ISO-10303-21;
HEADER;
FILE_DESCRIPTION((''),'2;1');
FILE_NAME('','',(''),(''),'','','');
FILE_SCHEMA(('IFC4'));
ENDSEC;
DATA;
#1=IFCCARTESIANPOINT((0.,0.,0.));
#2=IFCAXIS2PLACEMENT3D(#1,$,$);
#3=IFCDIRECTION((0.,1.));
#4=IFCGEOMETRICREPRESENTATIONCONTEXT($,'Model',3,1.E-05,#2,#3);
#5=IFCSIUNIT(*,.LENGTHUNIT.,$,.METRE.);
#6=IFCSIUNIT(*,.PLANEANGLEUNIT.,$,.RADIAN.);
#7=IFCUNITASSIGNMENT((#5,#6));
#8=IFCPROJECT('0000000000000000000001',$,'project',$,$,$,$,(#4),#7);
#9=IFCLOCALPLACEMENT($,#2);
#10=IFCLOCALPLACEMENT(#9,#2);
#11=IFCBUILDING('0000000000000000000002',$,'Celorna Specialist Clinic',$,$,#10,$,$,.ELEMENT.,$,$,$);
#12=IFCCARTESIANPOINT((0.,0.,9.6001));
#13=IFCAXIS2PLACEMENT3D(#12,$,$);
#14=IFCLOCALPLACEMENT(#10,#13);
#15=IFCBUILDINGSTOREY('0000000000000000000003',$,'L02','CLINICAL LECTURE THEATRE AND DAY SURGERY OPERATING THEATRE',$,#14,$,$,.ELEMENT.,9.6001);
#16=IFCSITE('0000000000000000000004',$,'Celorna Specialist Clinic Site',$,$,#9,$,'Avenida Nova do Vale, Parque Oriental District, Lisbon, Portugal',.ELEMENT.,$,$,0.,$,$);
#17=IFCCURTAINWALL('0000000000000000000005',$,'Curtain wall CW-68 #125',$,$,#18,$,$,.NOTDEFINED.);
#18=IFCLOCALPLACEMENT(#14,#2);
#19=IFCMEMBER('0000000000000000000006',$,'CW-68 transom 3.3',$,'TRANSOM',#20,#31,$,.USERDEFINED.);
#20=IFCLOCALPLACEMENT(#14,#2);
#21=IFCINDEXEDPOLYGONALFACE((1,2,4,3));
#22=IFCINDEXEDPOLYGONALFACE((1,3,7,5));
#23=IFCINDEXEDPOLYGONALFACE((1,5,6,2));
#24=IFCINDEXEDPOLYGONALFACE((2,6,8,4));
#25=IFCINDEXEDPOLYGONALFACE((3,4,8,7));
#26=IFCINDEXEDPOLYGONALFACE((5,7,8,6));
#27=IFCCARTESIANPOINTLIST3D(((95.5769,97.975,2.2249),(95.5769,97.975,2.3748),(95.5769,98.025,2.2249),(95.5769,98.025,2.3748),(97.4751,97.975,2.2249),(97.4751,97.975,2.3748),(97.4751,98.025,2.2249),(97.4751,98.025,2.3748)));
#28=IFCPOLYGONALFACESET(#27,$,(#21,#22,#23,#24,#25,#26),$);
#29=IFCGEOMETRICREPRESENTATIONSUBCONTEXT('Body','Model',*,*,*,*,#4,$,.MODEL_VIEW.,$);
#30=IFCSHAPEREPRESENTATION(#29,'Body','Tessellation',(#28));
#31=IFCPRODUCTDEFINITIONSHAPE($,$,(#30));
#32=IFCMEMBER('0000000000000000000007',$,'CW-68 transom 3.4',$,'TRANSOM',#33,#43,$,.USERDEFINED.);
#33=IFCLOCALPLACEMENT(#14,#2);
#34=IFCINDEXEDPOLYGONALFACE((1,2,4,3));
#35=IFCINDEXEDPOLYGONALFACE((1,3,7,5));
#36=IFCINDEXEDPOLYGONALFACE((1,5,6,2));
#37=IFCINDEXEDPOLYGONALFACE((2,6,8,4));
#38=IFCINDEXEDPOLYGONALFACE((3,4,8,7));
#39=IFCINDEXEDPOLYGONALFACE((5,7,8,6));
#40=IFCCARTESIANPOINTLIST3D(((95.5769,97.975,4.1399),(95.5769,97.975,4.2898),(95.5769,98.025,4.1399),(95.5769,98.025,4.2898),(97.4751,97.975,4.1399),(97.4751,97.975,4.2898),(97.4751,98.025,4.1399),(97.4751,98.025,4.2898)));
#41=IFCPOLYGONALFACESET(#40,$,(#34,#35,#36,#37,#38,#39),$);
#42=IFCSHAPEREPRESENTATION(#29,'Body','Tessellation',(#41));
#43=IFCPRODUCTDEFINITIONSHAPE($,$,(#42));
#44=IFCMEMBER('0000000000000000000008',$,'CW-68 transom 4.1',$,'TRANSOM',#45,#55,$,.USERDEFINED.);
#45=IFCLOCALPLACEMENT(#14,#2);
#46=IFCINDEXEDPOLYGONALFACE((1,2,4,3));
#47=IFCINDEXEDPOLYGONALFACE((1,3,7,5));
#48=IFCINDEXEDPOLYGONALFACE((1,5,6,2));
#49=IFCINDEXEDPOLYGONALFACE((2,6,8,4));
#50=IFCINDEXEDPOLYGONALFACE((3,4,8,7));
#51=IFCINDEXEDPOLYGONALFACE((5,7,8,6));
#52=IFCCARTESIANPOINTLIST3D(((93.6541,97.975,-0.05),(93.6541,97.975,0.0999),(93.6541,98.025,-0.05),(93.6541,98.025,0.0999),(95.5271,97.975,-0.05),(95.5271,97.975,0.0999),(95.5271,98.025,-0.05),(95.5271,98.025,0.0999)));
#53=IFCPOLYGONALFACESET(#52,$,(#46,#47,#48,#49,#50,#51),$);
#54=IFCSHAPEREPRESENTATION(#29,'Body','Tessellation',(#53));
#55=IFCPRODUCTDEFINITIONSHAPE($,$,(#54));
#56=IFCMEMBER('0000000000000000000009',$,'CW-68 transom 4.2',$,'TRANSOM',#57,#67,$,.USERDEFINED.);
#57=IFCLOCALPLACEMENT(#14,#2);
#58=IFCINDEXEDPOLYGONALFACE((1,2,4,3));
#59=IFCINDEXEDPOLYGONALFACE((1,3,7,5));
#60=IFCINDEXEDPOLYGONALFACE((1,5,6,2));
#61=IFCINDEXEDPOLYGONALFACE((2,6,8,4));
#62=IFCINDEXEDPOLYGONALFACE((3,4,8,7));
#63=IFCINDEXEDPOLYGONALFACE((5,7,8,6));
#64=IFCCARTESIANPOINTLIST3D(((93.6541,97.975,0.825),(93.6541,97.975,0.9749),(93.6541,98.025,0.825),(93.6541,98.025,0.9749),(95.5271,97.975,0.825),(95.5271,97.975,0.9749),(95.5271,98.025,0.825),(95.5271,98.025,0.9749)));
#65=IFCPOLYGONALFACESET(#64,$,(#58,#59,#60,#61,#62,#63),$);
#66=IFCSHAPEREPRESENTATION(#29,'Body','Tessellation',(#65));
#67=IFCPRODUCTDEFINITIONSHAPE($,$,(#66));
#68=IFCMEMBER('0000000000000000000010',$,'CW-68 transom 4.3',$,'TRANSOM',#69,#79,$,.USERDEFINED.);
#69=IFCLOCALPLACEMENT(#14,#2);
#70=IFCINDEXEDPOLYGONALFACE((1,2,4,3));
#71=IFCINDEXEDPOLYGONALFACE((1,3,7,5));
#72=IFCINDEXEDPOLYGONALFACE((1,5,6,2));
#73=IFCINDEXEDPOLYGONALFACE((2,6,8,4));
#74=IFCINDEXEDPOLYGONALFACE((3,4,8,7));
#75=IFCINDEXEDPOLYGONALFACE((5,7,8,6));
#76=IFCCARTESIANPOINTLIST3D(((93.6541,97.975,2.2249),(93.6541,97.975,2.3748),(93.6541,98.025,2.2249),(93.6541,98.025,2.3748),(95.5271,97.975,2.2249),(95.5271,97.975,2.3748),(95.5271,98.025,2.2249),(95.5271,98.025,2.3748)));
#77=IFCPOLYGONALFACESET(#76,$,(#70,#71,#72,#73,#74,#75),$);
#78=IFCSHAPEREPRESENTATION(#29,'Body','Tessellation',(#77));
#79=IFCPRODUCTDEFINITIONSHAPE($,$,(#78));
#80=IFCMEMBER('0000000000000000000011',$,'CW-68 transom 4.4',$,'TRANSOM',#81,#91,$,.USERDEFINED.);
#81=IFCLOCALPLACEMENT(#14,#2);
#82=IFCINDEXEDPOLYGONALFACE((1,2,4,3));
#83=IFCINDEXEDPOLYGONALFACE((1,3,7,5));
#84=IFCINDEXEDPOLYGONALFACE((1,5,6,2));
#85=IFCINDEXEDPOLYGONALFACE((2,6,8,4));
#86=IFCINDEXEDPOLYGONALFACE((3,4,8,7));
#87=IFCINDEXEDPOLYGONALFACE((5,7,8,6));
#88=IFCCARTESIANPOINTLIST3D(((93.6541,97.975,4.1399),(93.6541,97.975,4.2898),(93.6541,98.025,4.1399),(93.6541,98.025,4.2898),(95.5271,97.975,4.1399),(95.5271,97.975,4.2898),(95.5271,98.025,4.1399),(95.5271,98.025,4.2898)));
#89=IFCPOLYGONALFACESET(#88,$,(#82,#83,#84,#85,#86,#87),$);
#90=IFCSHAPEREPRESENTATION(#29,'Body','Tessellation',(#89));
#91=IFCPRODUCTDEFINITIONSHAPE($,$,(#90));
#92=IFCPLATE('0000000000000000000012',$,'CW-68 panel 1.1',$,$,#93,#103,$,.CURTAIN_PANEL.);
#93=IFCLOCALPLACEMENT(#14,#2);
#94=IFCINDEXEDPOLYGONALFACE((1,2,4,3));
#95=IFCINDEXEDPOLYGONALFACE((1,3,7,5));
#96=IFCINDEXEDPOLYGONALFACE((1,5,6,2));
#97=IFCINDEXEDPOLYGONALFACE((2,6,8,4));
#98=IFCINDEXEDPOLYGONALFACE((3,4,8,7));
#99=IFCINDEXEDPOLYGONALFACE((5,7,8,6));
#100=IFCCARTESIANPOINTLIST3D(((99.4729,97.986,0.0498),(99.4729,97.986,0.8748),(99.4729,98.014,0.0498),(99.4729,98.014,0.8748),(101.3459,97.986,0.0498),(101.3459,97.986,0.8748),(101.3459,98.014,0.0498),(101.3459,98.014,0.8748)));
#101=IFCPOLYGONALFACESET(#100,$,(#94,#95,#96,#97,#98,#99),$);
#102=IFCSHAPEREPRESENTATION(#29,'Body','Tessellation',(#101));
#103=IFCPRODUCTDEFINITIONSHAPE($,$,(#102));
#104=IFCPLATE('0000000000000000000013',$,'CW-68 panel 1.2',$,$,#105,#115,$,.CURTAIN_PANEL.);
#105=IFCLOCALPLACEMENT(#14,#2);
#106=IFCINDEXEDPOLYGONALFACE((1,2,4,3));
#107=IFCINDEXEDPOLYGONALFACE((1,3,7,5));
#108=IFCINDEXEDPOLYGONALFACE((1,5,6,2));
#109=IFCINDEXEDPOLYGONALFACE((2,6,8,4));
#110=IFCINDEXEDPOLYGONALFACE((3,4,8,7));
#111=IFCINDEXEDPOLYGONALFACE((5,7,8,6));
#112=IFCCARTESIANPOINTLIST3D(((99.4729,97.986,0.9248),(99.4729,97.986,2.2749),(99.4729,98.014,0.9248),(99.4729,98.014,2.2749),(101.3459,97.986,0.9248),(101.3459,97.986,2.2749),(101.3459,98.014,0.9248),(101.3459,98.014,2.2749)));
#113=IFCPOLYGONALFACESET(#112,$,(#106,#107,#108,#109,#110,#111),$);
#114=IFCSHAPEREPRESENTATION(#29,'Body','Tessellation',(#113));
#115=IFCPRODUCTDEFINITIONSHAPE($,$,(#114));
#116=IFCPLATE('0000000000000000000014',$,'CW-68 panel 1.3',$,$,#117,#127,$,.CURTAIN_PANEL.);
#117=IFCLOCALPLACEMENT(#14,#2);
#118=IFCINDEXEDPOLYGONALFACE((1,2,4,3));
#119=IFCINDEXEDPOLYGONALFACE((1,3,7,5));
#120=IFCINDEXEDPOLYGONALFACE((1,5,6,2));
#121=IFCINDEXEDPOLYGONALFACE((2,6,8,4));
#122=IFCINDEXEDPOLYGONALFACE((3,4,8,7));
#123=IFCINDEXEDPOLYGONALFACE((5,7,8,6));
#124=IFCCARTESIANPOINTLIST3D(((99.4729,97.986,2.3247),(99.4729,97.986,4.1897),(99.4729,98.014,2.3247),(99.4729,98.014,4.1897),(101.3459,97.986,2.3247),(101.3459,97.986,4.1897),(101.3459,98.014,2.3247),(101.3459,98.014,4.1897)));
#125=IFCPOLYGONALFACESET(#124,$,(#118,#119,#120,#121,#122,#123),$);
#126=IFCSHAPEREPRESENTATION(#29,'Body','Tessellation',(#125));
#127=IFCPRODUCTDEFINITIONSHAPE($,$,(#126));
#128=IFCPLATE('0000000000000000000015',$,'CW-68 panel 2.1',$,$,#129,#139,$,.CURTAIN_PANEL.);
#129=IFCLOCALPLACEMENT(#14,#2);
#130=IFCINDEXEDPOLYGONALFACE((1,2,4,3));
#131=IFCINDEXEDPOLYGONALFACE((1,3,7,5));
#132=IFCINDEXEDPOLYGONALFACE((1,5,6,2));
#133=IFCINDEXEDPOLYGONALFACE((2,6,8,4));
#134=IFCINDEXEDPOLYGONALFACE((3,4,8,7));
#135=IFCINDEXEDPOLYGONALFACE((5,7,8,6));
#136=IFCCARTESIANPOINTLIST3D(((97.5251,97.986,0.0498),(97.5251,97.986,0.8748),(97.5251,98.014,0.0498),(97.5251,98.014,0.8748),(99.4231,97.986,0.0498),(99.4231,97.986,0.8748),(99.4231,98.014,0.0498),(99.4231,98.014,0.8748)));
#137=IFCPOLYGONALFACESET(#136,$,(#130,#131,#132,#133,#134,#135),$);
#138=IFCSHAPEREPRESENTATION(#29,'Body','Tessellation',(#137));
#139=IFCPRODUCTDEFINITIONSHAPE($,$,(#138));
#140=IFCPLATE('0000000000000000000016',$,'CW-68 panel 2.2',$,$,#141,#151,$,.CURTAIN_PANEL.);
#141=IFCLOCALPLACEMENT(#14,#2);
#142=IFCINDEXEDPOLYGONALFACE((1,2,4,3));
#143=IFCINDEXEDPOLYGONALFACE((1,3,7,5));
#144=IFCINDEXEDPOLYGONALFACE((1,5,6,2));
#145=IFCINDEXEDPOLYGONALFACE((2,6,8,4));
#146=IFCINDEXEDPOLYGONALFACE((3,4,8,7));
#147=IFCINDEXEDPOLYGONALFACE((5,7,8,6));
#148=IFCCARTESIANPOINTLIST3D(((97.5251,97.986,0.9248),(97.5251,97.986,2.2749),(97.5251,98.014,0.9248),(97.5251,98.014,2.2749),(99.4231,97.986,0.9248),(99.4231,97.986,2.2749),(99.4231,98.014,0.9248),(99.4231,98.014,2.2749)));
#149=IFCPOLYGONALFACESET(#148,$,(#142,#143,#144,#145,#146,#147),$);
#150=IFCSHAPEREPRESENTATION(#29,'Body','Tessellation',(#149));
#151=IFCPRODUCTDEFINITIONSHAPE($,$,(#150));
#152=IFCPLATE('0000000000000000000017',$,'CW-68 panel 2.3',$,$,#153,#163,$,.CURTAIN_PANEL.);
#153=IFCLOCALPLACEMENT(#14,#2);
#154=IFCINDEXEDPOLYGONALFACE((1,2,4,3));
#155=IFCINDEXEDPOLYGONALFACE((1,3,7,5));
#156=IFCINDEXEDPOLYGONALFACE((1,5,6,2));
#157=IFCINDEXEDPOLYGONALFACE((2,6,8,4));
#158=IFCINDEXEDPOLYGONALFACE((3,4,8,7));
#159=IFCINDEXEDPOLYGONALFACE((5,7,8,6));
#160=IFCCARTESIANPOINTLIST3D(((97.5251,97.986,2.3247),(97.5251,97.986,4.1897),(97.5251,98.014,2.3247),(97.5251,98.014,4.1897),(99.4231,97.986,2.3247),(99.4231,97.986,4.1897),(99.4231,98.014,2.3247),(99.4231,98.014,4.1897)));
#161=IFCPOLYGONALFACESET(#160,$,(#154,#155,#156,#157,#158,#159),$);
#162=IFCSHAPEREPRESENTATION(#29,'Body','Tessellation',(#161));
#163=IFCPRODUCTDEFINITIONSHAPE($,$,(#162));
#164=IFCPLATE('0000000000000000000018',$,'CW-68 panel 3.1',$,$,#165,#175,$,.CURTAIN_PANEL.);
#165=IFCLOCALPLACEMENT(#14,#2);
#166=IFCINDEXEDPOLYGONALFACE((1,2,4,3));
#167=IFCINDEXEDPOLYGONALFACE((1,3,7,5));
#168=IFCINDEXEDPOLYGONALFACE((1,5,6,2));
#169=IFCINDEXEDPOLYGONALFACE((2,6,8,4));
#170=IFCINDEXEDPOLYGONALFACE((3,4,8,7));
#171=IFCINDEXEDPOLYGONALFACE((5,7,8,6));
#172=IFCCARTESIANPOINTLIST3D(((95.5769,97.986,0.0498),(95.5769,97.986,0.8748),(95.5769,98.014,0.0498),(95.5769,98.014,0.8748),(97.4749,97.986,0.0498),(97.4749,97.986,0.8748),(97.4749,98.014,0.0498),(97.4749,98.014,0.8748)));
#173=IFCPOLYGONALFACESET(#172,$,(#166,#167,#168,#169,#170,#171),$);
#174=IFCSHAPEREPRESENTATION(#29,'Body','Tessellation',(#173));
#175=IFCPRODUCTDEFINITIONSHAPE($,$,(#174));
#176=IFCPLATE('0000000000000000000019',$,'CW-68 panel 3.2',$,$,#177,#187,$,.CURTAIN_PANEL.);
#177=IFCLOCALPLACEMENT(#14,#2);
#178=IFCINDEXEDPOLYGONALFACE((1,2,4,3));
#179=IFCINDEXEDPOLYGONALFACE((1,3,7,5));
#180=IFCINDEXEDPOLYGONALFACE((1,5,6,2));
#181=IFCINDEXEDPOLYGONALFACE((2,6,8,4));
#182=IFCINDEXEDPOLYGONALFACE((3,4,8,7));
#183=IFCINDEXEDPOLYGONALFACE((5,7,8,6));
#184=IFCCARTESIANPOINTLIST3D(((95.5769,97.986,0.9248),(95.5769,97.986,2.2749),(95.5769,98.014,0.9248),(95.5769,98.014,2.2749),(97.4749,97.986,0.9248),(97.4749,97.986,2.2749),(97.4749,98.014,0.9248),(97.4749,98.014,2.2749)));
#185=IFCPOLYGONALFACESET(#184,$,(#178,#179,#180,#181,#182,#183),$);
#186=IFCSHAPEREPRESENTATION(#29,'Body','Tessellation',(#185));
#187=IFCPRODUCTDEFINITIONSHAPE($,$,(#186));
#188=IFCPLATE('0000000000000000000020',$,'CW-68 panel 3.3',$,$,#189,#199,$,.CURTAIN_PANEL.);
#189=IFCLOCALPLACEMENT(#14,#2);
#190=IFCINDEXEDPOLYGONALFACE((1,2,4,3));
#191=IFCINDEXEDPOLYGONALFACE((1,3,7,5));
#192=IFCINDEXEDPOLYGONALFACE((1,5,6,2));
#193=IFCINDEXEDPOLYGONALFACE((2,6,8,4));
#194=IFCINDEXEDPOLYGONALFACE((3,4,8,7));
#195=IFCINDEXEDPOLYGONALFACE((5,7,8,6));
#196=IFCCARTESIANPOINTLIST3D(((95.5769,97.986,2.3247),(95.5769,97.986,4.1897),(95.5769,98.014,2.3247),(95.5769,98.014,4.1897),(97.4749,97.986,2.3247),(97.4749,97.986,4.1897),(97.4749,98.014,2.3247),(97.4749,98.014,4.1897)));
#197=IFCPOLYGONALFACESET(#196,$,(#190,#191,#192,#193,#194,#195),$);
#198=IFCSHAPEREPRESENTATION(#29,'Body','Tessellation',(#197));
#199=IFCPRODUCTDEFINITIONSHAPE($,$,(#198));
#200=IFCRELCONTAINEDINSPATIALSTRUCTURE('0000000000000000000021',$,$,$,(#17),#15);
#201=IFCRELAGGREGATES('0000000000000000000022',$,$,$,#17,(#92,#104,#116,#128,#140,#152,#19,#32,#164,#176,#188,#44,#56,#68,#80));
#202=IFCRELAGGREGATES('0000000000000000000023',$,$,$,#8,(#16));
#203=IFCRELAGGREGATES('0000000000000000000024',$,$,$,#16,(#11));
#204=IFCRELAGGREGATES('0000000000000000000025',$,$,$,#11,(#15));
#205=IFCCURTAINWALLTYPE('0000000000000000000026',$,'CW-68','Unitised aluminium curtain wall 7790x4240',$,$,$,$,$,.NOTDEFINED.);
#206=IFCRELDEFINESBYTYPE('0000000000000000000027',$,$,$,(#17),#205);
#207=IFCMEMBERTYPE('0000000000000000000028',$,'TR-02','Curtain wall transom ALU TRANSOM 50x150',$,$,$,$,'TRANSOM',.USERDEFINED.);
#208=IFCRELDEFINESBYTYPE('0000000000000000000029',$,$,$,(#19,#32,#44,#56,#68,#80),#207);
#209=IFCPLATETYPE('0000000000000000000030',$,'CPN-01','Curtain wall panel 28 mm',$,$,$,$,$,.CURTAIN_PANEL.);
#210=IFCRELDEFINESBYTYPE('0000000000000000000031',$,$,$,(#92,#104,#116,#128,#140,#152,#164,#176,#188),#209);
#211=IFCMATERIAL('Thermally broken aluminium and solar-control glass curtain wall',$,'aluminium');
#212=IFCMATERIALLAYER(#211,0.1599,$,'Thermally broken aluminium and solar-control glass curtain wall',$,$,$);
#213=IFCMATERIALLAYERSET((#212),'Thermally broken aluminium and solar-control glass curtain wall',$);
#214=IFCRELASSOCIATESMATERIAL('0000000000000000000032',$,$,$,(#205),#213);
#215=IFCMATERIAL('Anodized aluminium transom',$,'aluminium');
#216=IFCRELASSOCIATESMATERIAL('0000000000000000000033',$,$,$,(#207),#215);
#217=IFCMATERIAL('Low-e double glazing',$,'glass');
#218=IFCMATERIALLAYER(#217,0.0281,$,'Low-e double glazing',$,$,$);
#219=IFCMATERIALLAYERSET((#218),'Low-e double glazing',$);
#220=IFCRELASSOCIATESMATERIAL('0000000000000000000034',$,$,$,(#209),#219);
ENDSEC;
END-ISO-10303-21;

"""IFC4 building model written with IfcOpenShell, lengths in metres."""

from ifc_helpers import new_model, si_unit, direction, frame, origin, origin_2d, place, context, subcontext, project, spatial, rectangle, extrude, material, layer, layer_set, material_profile, profile_set, type_object, element, aggregate, save


model = new_model("IFC4")

# Units and contexts
model_context = context("Model", 3, precision=1e-05, world=origin(), true_north=direction((0.0, 1.0)))
body_context = subcontext(model_context, "Body", "Model", "MODEL_VIEW")
ifc_project = project(units=[si_unit("LENGTHUNIT", "METRE"), si_unit("PLANEANGLEUNIT", "RADIAN")], contexts=[model_context])

# Site, building, storey
site_placement = place(None, origin())
site = spatial("IfcSite", under=ifc_project, at=site_placement, Name="Celorna Specialist Clinic Site", LongName="Avenida Nova do Vale, Parque Oriental District, Lisbon, Portugal", CompositionType="ELEMENT", RefElevation=0.0)
building_placement = place(site_placement, origin())
building = spatial("IfcBuilding", under=site, at=building_placement, Name="Celorna Specialist Clinic", CompositionType="ELEMENT")
storey_placement = place(building_placement, frame((0.0, 0.0, 9.6001)))
storey = spatial("IfcBuildingStorey", under=building, at=storey_placement, Name="L02", Description="CLINICAL LECTURE THEATRE AND DAY SURGERY OPERATING THEATRE", CompositionType="ELEMENT", Elevation=9.6001)

# Curtain wall, members, plates
ifc_material_1 = material(Name="Thermally broken aluminium and solar-control glass curtain wall", Category="aluminium")
ifc_layer_1 = layer(ifc_material_1, 0.1599, Name="Thermally broken aluminium and solar-control glass curtain wall")
ifc_layer_set_1 = layer_set([ifc_layer_1], Name="Thermally broken aluminium and solar-control glass curtain wall")
curtain_wall_type = type_object("IfcCurtainWallType", Name="CW-68", Description="Unitised aluminium curtain wall 7790x4240", PredefinedType="NOTDEFINED", material=ifc_layer_set_1)
curtain_wall_placement = place(storey_placement, origin())
curtain_wall = element("IfcCurtainWall", 1, at=curtain_wall_placement, inside=storey, type_object=curtain_wall_type, Name="Curtain wall CW-68 #125", PredefinedType="NOTDEFINED")
ifc_material_2 = material(Name="Anodized aluminium transom", Category="aluminium")
ifc_material_profile_1 = material_profile(ifc_material_2, rectangle(XDim=0.05, YDim=0.1499, at=origin_2d()), Name="ALU TRANSOM 50x150")
ifc_profile_set_1 = profile_set([ifc_material_profile_1], Name="Anodized aluminium transom")
member_type_1 = type_object("IfcMemberType", Name="TR-02", Description="Curtain wall transom ALU TRANSOM 50x150", ElementType="TRANSOM", PredefinedType="USERDEFINED", material=ifc_profile_set_1)
member_1_placement = place(storey_placement, frame((97.4751, 98.0, 2.2998), z_axis=(-1.0, 0.0, 0.0), x_axis=(0.0, -1.0, 0.0)))
member_1 = element("IfcMember", 2, at=member_1_placement, type_object=member_type_1, Name="CW-68 transom 3.3", ObjectType="TRANSOM", PredefinedType="USERDEFINED", context=body_context, shape_type="SweptSolid", body=[
    extrude(rectangle(XDim=0.05, YDim=0.1499, at=origin_2d()), origin(), (0.0, 0.0, 1.0), 1.8982),
])
member_2_placement = place(storey_placement, frame((97.4751, 98.0, 4.2148), z_axis=(-1.0, 0.0, 0.0), x_axis=(0.0, -1.0, 0.0)))
member_2 = element("IfcMember", 3, at=member_2_placement, type_object=member_type_1, Name="CW-68 transom 3.4", ObjectType="TRANSOM", PredefinedType="USERDEFINED", context=body_context, shape_type="SweptSolid", body=[
    extrude(rectangle(XDim=0.05, YDim=0.1499, at=origin_2d()), origin(), (0.0, 0.0, 1.0), 1.8982),
])
member_3_placement = place(storey_placement, frame((95.5271, 98.0, 0.0249), z_axis=(-1.0, 0.0, 0.0), x_axis=(0.0, -1.0, 0.0)))
member_3 = element("IfcMember", 4, at=member_3_placement, type_object=member_type_1, Name="CW-68 transom 4.1", ObjectType="TRANSOM", PredefinedType="USERDEFINED", context=body_context, shape_type="SweptSolid", body=[
    extrude(rectangle(XDim=0.05, YDim=0.1499, at=origin_2d()), origin(), (0.0, 0.0, 1.0), 1.873),
])
member_4_placement = place(storey_placement, frame((95.5271, 98.0, 0.8999), z_axis=(-1.0, 0.0, 0.0), x_axis=(0.0, -1.0, 0.0)))
member_4 = element("IfcMember", 5, at=member_4_placement, type_object=member_type_1, Name="CW-68 transom 4.2", ObjectType="TRANSOM", PredefinedType="USERDEFINED", context=body_context, shape_type="SweptSolid", body=[
    extrude(rectangle(XDim=0.05, YDim=0.1499, at=origin_2d()), origin(), (0.0, 0.0, 1.0), 1.873),
])
member_5_placement = place(storey_placement, frame((95.5271, 98.0, 2.2998), z_axis=(-1.0, 0.0, 0.0), x_axis=(0.0, -1.0, 0.0)))
member_5 = element("IfcMember", 6, at=member_5_placement, type_object=member_type_1, Name="CW-68 transom 4.3", ObjectType="TRANSOM", PredefinedType="USERDEFINED", context=body_context, shape_type="SweptSolid", body=[
    extrude(rectangle(XDim=0.05, YDim=0.1499, at=origin_2d()), origin(), (0.0, 0.0, 1.0), 1.873),
])
member_6_placement = place(storey_placement, frame((95.5271, 98.0, 4.2148), z_axis=(-1.0, 0.0, 0.0), x_axis=(0.0, -1.0, 0.0)))
member_6 = element("IfcMember", 7, at=member_6_placement, type_object=member_type_1, Name="CW-68 transom 4.4", ObjectType="TRANSOM", PredefinedType="USERDEFINED", context=body_context, shape_type="SweptSolid", body=[
    extrude(rectangle(XDim=0.05, YDim=0.1499, at=origin_2d()), origin(), (0.0, 0.0, 1.0), 1.873),
])
ifc_material_3 = material(Name="Low-e double glazing", Category="glass")
ifc_layer_2 = layer(ifc_material_3, 0.0281, Name="Low-e double glazing")
ifc_layer_set_2 = layer_set([ifc_layer_2], Name="Low-e double glazing")
plate_type_1 = type_object("IfcPlateType", Name="CPN-01", Description="Curtain wall panel 28 mm", PredefinedType="CURTAIN_PANEL", material=ifc_layer_set_2)
plate_1_placement = place(storey_placement, frame((100.4094, 98.0, 0.0498), z_axis=(0.0, 0.0, 1.0), x_axis=(-1.0, 0.0, 0.0)))
plate_1 = element("IfcPlate", 8, at=plate_1_placement, type_object=plate_type_1, Name="CW-68 panel 1.1", PredefinedType="CURTAIN_PANEL", context=body_context, shape_type="SweptSolid", body=[
    extrude(rectangle(XDim=1.873, YDim=0.0281, at=origin_2d()), origin(), (0.0, 0.0, 1.0), 0.825),
])
plate_2_placement = place(storey_placement, frame((100.4094, 98.0, 0.9248), z_axis=(0.0, 0.0, 1.0), x_axis=(-1.0, 0.0, 0.0)))
plate_2 = element("IfcPlate", 9, at=plate_2_placement, type_object=plate_type_1, Name="CW-68 panel 1.2", PredefinedType="CURTAIN_PANEL", context=body_context, shape_type="SweptSolid", body=[
    extrude(rectangle(XDim=1.873, YDim=0.0281, at=origin_2d()), origin(), (0.0, 0.0, 1.0), 1.3501),
])
plate_3_placement = place(storey_placement, frame((100.4094, 98.0, 2.3247), z_axis=(0.0, 0.0, 1.0), x_axis=(-1.0, 0.0, 0.0)))
plate_3 = element("IfcPlate", 10, at=plate_3_placement, type_object=plate_type_1, Name="CW-68 panel 1.3", PredefinedType="CURTAIN_PANEL", context=body_context, shape_type="SweptSolid", body=[
    extrude(rectangle(XDim=1.873, YDim=0.0281, at=origin_2d()), origin(), (0.0, 0.0, 1.0), 1.865),
])
plate_4_placement = place(storey_placement, frame((98.4741, 98.0, 0.0498), z_axis=(0.0, 0.0, 1.0), x_axis=(-1.0, 0.0, 0.0)))
plate_4 = element("IfcPlate", 11, at=plate_4_placement, type_object=plate_type_1, Name="CW-68 panel 2.1", PredefinedType="CURTAIN_PANEL", context=body_context, shape_type="SweptSolid", body=[
    extrude(rectangle(XDim=1.8979, YDim=0.0281, at=origin_2d()), origin(), (0.0, 0.0, 1.0), 0.825),
])
plate_5_placement = place(storey_placement, frame((98.4741, 98.0, 0.9248), z_axis=(0.0, 0.0, 1.0), x_axis=(-1.0, 0.0, 0.0)))
plate_5 = element("IfcPlate", 12, at=plate_5_placement, type_object=plate_type_1, Name="CW-68 panel 2.2", PredefinedType="CURTAIN_PANEL", context=body_context, shape_type="SweptSolid", body=[
    extrude(rectangle(XDim=1.8979, YDim=0.0281, at=origin_2d()), origin(), (0.0, 0.0, 1.0), 1.3501),
])
plate_6_placement = place(storey_placement, frame((98.4741, 98.0, 2.3247), z_axis=(0.0, 0.0, 1.0), x_axis=(-1.0, 0.0, 0.0)))
plate_6 = element("IfcPlate", 13, at=plate_6_placement, type_object=plate_type_1, Name="CW-68 panel 2.3", PredefinedType="CURTAIN_PANEL", context=body_context, shape_type="SweptSolid", body=[
    extrude(rectangle(XDim=1.8979, YDim=0.0281, at=origin_2d()), origin(), (0.0, 0.0, 1.0), 1.865),
])
plate_7_placement = place(storey_placement, frame((96.5259, 98.0, 0.0498), z_axis=(0.0, 0.0, 1.0), x_axis=(-1.0, 0.0, 0.0)))
plate_7 = element("IfcPlate", 14, at=plate_7_placement, type_object=plate_type_1, Name="CW-68 panel 3.1", PredefinedType="CURTAIN_PANEL", context=body_context, shape_type="SweptSolid", body=[
    extrude(rectangle(XDim=1.8979, YDim=0.0281, at=origin_2d()), origin(), (0.0, 0.0, 1.0), 0.825),
])
plate_8_placement = place(storey_placement, frame((96.5259, 98.0, 0.9248), z_axis=(0.0, 0.0, 1.0), x_axis=(-1.0, 0.0, 0.0)))
plate_8 = element("IfcPlate", 15, at=plate_8_placement, type_object=plate_type_1, Name="CW-68 panel 3.2", PredefinedType="CURTAIN_PANEL", context=body_context, shape_type="SweptSolid", body=[
    extrude(rectangle(XDim=1.8979, YDim=0.0281, at=origin_2d()), origin(), (0.0, 0.0, 1.0), 1.3501),
])
plate_9_placement = place(storey_placement, frame((96.5259, 98.0, 2.3247), z_axis=(0.0, 0.0, 1.0), x_axis=(-1.0, 0.0, 0.0)))
plate_9 = element("IfcPlate", 16, at=plate_9_placement, type_object=plate_type_1, Name="CW-68 panel 3.3", PredefinedType="CURTAIN_PANEL", context=body_context, shape_type="SweptSolid", body=[
    extrude(rectangle(XDim=1.8979, YDim=0.0281, at=origin_2d()), origin(), (0.0, 0.0, 1.0), 1.865),
])
aggregate(curtain_wall, [plate_1, plate_2, plate_3, plate_4, plate_5, plate_6, member_1, member_2, plate_7, plate_8, plate_9, member_3, member_4, member_5, member_6])

save(model, "model.ifc")
